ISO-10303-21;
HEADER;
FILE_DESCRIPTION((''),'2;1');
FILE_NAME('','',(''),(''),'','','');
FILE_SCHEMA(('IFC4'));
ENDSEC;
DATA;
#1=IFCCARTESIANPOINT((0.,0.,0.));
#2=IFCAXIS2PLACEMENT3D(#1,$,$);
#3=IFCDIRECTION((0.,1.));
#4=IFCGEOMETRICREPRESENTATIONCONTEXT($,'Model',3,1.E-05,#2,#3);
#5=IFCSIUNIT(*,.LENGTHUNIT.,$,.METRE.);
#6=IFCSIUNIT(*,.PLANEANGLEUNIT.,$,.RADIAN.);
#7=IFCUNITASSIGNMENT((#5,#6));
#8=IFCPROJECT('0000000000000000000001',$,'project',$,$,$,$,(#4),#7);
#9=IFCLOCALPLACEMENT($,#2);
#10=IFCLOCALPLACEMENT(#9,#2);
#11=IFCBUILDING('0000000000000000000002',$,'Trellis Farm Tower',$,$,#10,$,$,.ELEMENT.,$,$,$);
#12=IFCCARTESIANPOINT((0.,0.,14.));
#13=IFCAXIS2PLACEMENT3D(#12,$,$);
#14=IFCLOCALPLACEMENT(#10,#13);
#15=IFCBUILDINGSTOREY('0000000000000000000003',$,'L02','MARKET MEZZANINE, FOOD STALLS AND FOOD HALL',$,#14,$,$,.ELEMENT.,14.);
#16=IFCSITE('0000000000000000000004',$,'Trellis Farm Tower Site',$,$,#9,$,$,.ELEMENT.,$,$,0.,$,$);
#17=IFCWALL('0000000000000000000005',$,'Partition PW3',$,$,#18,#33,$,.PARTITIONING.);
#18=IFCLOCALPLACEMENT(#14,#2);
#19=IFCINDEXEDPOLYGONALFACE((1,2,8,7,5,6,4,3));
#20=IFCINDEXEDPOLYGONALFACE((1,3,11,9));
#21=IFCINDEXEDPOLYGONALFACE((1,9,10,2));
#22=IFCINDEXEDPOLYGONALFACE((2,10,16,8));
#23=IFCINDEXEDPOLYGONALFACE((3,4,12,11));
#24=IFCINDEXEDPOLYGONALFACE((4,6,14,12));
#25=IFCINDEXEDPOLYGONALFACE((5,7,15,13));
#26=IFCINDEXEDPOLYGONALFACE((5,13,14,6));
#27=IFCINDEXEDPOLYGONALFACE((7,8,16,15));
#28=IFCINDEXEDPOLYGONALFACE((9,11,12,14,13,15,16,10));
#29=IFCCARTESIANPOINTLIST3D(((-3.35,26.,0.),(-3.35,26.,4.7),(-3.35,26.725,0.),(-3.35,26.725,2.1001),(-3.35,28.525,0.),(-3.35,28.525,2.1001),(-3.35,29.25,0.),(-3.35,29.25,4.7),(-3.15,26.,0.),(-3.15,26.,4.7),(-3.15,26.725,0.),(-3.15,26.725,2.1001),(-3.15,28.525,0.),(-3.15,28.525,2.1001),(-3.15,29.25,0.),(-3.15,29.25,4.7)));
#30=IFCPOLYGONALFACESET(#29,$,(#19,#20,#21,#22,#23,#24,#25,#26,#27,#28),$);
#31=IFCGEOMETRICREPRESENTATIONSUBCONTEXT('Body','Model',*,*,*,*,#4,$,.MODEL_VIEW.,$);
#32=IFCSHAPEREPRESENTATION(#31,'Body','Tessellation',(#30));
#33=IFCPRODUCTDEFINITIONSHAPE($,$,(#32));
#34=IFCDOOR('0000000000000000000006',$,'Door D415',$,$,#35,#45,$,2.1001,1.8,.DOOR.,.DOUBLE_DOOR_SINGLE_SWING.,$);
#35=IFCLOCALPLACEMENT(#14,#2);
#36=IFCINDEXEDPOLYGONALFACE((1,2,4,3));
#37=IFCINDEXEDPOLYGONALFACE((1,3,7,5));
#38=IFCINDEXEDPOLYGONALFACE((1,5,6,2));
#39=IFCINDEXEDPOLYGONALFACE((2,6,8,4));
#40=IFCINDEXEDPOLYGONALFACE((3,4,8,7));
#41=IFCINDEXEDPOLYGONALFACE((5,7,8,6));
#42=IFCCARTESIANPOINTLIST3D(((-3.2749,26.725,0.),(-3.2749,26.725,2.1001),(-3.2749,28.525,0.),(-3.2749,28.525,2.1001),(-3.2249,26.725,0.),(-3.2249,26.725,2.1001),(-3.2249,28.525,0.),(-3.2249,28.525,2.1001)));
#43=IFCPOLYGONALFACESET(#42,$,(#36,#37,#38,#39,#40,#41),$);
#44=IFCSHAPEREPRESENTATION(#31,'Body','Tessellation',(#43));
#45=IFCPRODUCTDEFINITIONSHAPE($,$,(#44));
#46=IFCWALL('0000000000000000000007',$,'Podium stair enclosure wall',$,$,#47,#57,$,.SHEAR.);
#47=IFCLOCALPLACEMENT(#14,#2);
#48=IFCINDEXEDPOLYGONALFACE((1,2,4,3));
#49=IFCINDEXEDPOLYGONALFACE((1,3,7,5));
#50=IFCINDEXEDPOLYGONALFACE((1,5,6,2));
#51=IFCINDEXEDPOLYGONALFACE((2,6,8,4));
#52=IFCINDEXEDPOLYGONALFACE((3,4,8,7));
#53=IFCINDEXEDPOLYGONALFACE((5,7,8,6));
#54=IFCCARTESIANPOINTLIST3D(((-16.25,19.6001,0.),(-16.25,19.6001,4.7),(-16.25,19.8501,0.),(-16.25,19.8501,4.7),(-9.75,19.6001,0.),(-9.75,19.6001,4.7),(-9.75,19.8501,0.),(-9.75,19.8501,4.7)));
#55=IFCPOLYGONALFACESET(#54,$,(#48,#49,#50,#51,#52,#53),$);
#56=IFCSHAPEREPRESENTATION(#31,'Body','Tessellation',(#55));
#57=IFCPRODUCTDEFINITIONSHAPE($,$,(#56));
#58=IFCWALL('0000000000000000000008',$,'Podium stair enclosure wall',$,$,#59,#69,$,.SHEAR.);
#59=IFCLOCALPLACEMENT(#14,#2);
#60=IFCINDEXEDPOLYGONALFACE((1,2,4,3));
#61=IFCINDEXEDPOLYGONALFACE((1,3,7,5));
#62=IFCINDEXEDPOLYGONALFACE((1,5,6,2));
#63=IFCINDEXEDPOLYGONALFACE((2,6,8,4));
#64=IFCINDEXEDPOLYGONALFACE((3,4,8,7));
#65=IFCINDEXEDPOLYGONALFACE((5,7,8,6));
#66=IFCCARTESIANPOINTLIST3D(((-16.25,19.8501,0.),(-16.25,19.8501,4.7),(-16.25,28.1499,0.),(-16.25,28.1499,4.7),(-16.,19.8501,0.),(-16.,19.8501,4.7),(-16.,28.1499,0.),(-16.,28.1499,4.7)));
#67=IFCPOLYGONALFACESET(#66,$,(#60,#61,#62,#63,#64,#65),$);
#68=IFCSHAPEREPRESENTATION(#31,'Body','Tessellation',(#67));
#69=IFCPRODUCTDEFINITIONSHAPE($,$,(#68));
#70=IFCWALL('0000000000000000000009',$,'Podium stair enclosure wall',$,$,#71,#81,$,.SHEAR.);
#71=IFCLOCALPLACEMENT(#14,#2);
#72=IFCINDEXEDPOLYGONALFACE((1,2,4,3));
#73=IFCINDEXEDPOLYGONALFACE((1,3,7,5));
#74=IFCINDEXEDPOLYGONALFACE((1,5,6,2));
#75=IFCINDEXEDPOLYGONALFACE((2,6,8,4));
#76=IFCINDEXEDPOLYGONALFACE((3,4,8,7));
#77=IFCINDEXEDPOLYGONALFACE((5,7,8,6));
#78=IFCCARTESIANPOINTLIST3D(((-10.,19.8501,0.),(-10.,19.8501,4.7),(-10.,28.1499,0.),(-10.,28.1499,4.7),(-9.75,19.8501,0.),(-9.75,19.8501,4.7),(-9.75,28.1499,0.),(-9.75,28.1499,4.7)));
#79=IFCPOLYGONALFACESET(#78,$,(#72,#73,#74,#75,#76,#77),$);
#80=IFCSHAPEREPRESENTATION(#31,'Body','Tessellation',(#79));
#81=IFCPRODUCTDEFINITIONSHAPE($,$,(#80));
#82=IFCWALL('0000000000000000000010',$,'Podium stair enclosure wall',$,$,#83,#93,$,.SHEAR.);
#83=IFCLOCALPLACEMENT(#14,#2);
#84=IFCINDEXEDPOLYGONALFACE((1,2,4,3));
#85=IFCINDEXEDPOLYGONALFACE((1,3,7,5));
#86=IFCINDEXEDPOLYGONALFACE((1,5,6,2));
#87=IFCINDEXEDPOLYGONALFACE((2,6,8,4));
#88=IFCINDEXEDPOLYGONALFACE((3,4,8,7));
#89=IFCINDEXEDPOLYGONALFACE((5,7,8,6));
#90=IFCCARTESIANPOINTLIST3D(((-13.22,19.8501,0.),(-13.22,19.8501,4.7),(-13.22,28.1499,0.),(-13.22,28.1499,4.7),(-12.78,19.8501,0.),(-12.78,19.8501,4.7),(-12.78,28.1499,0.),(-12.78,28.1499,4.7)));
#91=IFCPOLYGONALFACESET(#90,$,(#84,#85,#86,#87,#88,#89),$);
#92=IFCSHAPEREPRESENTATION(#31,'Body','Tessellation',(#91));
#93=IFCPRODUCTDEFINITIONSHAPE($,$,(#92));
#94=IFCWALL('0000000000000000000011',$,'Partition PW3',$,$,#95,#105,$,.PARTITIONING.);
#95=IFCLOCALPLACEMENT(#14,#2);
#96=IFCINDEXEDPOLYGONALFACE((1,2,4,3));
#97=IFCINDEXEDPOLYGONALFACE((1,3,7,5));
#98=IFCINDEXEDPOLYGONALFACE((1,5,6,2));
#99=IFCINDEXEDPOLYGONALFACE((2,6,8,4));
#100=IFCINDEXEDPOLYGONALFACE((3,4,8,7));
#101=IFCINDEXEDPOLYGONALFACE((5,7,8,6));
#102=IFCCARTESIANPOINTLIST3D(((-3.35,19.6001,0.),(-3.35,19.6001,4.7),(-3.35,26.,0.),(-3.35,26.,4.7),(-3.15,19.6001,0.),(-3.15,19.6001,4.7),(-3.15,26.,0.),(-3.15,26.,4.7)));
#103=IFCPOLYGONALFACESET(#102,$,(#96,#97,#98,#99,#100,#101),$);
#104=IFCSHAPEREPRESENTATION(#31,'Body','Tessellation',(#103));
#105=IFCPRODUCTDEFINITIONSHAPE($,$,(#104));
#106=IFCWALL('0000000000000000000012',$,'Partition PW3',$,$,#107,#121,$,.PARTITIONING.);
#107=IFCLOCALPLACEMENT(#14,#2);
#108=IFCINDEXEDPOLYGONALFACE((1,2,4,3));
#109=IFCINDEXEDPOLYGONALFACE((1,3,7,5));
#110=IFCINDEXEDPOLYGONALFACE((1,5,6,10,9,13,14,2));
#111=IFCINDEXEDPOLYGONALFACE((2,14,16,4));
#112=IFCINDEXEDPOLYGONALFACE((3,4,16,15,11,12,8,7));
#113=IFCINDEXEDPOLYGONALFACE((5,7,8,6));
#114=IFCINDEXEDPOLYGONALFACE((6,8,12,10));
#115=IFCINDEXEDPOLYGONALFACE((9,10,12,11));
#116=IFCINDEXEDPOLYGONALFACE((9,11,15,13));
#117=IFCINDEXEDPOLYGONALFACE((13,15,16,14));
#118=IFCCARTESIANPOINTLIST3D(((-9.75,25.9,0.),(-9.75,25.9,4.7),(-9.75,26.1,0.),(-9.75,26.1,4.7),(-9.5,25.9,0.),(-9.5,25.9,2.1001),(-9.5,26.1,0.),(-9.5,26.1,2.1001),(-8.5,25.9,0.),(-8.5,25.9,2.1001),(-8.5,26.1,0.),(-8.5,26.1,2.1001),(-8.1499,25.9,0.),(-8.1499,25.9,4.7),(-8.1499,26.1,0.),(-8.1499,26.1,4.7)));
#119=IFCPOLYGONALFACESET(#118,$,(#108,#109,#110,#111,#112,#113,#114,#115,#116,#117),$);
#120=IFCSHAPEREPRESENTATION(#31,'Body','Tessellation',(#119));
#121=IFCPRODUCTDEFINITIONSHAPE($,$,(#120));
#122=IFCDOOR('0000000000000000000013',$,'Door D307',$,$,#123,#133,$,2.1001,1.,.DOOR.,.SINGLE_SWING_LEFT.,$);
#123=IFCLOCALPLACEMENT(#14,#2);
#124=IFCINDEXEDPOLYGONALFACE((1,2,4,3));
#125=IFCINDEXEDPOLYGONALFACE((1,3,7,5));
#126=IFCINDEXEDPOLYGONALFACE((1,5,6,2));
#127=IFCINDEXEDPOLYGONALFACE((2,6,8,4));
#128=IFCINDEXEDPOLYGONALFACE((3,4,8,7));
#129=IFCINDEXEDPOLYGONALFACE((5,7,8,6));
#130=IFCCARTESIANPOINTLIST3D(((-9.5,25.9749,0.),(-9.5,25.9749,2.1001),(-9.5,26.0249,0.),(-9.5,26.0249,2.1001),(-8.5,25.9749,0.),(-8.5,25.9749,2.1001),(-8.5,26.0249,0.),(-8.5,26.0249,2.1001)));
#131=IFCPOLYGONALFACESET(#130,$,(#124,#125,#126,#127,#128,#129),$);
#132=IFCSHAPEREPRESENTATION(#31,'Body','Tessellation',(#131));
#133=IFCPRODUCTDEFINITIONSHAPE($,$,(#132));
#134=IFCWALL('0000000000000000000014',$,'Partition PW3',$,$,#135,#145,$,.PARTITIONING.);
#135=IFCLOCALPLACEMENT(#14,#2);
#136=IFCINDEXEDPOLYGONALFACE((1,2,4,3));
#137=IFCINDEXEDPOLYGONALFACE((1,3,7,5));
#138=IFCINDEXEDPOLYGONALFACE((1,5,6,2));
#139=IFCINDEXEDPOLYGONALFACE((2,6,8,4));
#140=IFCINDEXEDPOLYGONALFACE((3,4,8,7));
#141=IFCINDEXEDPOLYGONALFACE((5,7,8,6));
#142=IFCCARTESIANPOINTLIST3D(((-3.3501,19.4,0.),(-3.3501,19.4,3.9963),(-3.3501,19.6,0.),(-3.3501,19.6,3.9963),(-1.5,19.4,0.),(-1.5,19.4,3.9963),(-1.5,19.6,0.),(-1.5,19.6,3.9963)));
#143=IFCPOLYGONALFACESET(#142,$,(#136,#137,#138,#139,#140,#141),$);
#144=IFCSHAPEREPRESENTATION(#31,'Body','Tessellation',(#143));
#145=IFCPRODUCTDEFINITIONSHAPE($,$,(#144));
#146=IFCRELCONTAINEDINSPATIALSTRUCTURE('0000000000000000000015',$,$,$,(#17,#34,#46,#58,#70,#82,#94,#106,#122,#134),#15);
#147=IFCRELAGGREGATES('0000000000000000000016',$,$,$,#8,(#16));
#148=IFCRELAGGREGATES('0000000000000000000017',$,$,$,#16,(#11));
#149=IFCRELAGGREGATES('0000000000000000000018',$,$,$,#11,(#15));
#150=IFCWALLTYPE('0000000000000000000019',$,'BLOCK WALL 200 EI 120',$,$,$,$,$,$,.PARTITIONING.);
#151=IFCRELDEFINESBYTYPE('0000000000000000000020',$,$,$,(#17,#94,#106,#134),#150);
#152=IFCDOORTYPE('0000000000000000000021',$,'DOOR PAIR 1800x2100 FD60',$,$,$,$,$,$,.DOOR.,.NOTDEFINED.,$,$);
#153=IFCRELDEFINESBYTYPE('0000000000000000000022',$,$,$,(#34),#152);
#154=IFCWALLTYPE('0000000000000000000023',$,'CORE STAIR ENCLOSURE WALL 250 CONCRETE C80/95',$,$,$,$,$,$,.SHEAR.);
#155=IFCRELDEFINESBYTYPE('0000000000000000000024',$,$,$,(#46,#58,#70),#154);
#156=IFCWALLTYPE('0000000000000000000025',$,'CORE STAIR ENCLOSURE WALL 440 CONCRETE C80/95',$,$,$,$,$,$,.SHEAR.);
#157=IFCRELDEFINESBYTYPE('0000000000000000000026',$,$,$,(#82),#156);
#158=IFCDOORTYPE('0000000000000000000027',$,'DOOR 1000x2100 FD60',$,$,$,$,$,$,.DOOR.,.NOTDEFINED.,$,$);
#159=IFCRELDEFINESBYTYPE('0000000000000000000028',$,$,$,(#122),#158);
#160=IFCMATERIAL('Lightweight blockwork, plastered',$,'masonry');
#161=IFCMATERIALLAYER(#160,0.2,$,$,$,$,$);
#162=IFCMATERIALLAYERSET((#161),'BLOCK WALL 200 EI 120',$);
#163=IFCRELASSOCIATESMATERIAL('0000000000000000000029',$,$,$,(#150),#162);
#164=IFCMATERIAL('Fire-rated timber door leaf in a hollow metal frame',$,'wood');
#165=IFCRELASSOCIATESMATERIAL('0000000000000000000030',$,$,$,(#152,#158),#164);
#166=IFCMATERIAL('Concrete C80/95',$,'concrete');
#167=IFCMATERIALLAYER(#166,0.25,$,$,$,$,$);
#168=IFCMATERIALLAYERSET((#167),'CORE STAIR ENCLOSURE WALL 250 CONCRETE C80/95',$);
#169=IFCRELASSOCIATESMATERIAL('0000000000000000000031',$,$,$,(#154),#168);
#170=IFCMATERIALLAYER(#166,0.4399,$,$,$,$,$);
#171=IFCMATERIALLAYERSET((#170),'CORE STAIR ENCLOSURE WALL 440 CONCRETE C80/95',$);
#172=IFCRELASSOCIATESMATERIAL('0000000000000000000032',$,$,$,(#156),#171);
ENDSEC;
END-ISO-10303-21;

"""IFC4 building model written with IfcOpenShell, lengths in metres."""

from ifc_helpers import new_model, si_unit, direction, frame, frame_2d, origin, place, context, subcontext, project, spatial, rectangle, extrude, source, transform, mapped, material, layer, layer_set, type_object, element, fill, save


model = new_model("IFC4")

# Units and contexts
model_context = context("Model", 3, precision=1e-05, world=origin(), true_north=direction((0.0, 1.0)))
body_context = subcontext(model_context, "Body", "Model", "MODEL_VIEW")
ifc_project = project(units=[si_unit("LENGTHUNIT", "METRE"), si_unit("PLANEANGLEUNIT", "RADIAN")], contexts=[model_context])

# Site, building, storey
site_placement = place(None, origin())
site = spatial("IfcSite", under=ifc_project, at=site_placement, Name="Trellis Farm Tower Site", CompositionType="ELEMENT", RefElevation=0.0)
building_placement = place(site_placement, origin())
building = spatial("IfcBuilding", under=site, at=building_placement, Name="Trellis Farm Tower", CompositionType="ELEMENT")
storey_placement = place(building_placement, frame((0.0, 0.0, 14.0)))
storey = spatial("IfcBuildingStorey", under=building, at=storey_placement, Name="L02", Description="MARKET MEZZANINE, FOOD STALLS AND FOOD HALL", CompositionType="ELEMENT", Elevation=14.0)

# Wall, opening, door
ifc_material_1 = material(Name="Lightweight blockwork, plastered", Category="masonry")
ifc_layer_1 = layer(ifc_material_1, 0.2)
ifc_layer_set_1 = layer_set([ifc_layer_1], Name="BLOCK WALL 200 EI 120")
wall_type_1 = type_object("IfcWallType", Name="BLOCK WALL 200 EI 120", PredefinedType="PARTITIONING", material=ifc_layer_set_1)
shared_shape_1 = source(origin(), body_context, "Body", "SweptSolid", [
    extrude(rectangle(XDim=3.25, YDim=0.2, at=frame_2d((1.625, 0.0))), origin(), (0.0, 0.0, 1.0), 4.7),
])
wall_1_placement = place(storey_placement, frame((-3.25, 26.0, 0.0), z_axis=(0.0, 0.0, 1.0), x_axis=(0.0, 1.0, 0.0)))
wall_1 = element("IfcWall", 1, at=wall_1_placement, inside=storey, type_object=wall_type_1, Name="Partition PW3", PredefinedType="PARTITIONING", context=body_context, shape_type="MappedRepresentation", body=[
    mapped(shared_shape_1, transform((0.0, 0.0, 0.0))),
])
shared_shape_2 = source(origin(), body_context, "Body", "SweptSolid", [
    extrude(rectangle(XDim=1.8, YDim=2.1001, at=frame_2d((0.8999, 1.05))), frame((0.0, 0.1101, 0.0), z_axis=(0.0, -1.0, 0.0), x_axis=(1.0, 0.0, 0.0)), (0.0, 0.0, 1.0), 0.2202),
])
opening_1_placement = place(wall_1_placement, frame((0.7251, 0.0, 0.0)))
opening_1 = element("IfcOpeningElement", 2, at=opening_1_placement, cuts=wall_1, PredefinedType="OPENING", context=body_context, shape_type="MappedRepresentation", body=[
    mapped(shared_shape_2, transform((0.0, 0.0, 0.0))),
])
ifc_material_2 = material(Name="Fire-rated timber door leaf in a hollow metal frame", Category="wood")
door_type_1 = type_object("IfcDoorType", Name="DOOR PAIR 1800x2100 FD60", OperationType="NOTDEFINED", PredefinedType="DOOR", material=ifc_material_2)
shared_shape_3 = source(origin(), body_context, "Body", "SweptSolid", [
    extrude(rectangle(XDim=1.8, YDim=2.1001, at=frame_2d((0.8999, 1.05))), frame((0.0, 0.0249, 0.0), z_axis=(0.0, -1.0, 0.0), x_axis=(1.0, 0.0, 0.0)), (0.0, 0.0, 1.0), 0.05),
])
door_1_placement = place(opening_1_placement, origin())
door_1 = element("IfcDoor", 3, at=door_1_placement, inside=storey, type_object=door_type_1, Name="Door D415", OperationType="DOUBLE_DOOR_SINGLE_SWING", OverallHeight=2.1001, OverallWidth=1.8, PredefinedType="DOOR", context=body_context, shape_type="MappedRepresentation", body=[
    mapped(shared_shape_3, transform((0.0, 0.0, 0.0))),
])
fill(opening_1, door_1)

# Walls
ifc_material_3 = material(Name="Concrete C80/95", Category="concrete")
ifc_layer_2 = layer(ifc_material_3, 0.25)
ifc_layer_set_2 = layer_set([ifc_layer_2], Name="CORE STAIR ENCLOSURE WALL 250 CONCRETE C80/95")
wall_type_2 = type_object("IfcWallType", Name="CORE STAIR ENCLOSURE WALL 250 CONCRETE C80/95", PredefinedType="SHEAR", material=ifc_layer_set_2)
shared_shape_4 = source(origin(), body_context, "Body", "SweptSolid", [
    extrude(rectangle(XDim=6.5, YDim=0.25, at=frame_2d((3.25, 0.0))), origin(), (0.0, 0.0, 1.0), 4.7),
])
wall_2_placement = place(storey_placement, frame((-16.25, 19.7251, 0.0), z_axis=(0.0, 0.0, 1.0), x_axis=(1.0, 0.0, 0.0)))
element("IfcWall", 4, at=wall_2_placement, inside=storey, type_object=wall_type_2, Name="Podium stair enclosure wall", PredefinedType="SHEAR", context=body_context, shape_type="MappedRepresentation", body=[
    mapped(shared_shape_4, transform((0.0, 0.0, 0.0))),
])
shared_shape_5 = source(origin(), body_context, "Body", "SweptSolid", [
    extrude(rectangle(XDim=8.2998, YDim=0.25, at=frame_2d((4.1499, 0.0))), origin(), (0.0, 0.0, 1.0), 4.7),
])
for number, where, z_axis, x_axis, name in (
    (5, (-16.125, 19.8501, 0.0), (0.0, 0.0, 1.0), (0.0, 1.0, 0.0), "Podium stair enclosure wall"),
    (6, (-9.875, 19.8501, 0.0), (0.0, 0.0, 1.0), (0.0, 1.0, 0.0), "Podium stair enclosure wall"),
):
    element("IfcWall", number, at=place(storey_placement, frame(where, z_axis=z_axis, x_axis=x_axis)), inside=storey, type_object=wall_type_2, Name=name, PredefinedType="SHEAR", context=body_context, shape_type="MappedRepresentation", body=[
        mapped(shared_shape_5, transform((0.0, 0.0, 0.0))),
    ])
ifc_layer_3 = layer(ifc_material_3, 0.4399)
ifc_layer_set_3 = layer_set([ifc_layer_3], Name="CORE STAIR ENCLOSURE WALL 440 CONCRETE C80/95")
wall_type_3 = type_object("IfcWallType", Name="CORE STAIR ENCLOSURE WALL 440 CONCRETE C80/95", PredefinedType="SHEAR", material=ifc_layer_set_3)
shared_shape_6 = source(origin(), body_context, "Body", "SweptSolid", [
    extrude(rectangle(XDim=8.2998, YDim=0.4399, at=frame_2d((4.1499, 0.0))), origin(), (0.0, 0.0, 1.0), 4.7),
])
wall_3_placement = place(storey_placement, frame((-13.0, 19.8501, 0.0), z_axis=(0.0, 0.0, 1.0), x_axis=(0.0, 1.0, 0.0)))
element("IfcWall", 7, at=wall_3_placement, inside=storey, type_object=wall_type_3, Name="Podium stair enclosure wall", PredefinedType="SHEAR", context=body_context, shape_type="MappedRepresentation", body=[
    mapped(shared_shape_6, transform((0.0, 0.0, 0.0))),
])
shared_shape_7 = source(origin(), body_context, "Body", "SweptSolid", [
    extrude(rectangle(XDim=6.3999, YDim=0.2, at=frame_2d((3.2, 0.0))), origin(), (0.0, 0.0, 1.0), 4.7),
])
wall_4_placement = place(storey_placement, frame((-3.25, 26.0, 0.0), z_axis=(0.0, 0.0, 1.0), x_axis=(0.0, -1.0, 0.0)))
element("IfcWall", 8, at=wall_4_placement, inside=storey, type_object=wall_type_1, Name="Partition PW3", PredefinedType="PARTITIONING", context=body_context, shape_type="MappedRepresentation", body=[
    mapped(shared_shape_7, transform((0.0, 0.0, 0.0))),
])

# Wall, opening, door
shared_shape_8 = source(origin(), body_context, "Body", "SweptSolid", [
    extrude(rectangle(XDim=1.6001, YDim=0.2, at=frame_2d((0.8, 0.0))), origin(), (0.0, 0.0, 1.0), 4.7),
])
wall_5_placement = place(storey_placement, frame((-9.75, 26.0, 0.0), z_axis=(0.0, 0.0, 1.0), x_axis=(1.0, 0.0, 0.0)))
wall_5 = element("IfcWall", 9, at=wall_5_placement, inside=storey, type_object=wall_type_1, Name="Partition PW3", PredefinedType="PARTITIONING", context=body_context, shape_type="MappedRepresentation", body=[
    mapped(shared_shape_8, transform((0.0, 0.0, 0.0))),
])
shared_shape_9 = source(origin(), body_context, "Body", "SweptSolid", [
    extrude(rectangle(XDim=1.0, YDim=2.1001, at=frame_2d((0.5, 1.05))), frame((0.0, 0.1101, 0.0), z_axis=(0.0, -1.0, 0.0), x_axis=(1.0, 0.0, 0.0)), (0.0, 0.0, 1.0), 0.2202),
])
opening_2_placement = place(wall_5_placement, frame((0.25, 0.0, 0.0)))
opening_2 = element("IfcOpeningElement", 10, at=opening_2_placement, cuts=wall_5, PredefinedType="OPENING", context=body_context, shape_type="MappedRepresentation", body=[
    mapped(shared_shape_9, transform((0.0, 0.0, 0.0))),
])
door_type_2 = type_object("IfcDoorType", Name="DOOR 1000x2100 FD60", OperationType="NOTDEFINED", PredefinedType="DOOR", material=ifc_material_2)
shared_shape_10 = source(origin(), body_context, "Body", "SweptSolid", [
    extrude(rectangle(XDim=1.0, YDim=2.1001, at=frame_2d((0.5, 1.05))), frame((0.0, 0.0249, 0.0), z_axis=(0.0, -1.0, 0.0), x_axis=(1.0, 0.0, 0.0)), (0.0, 0.0, 1.0), 0.05),
])
door_2_placement = place(opening_2_placement, origin())
door_2 = element("IfcDoor", 11, at=door_2_placement, inside=storey, type_object=door_type_2, Name="Door D307", OperationType="SINGLE_SWING_LEFT", OverallHeight=2.1001, OverallWidth=1.0, PredefinedType="DOOR", context=body_context, shape_type="MappedRepresentation", body=[
    mapped(shared_shape_10, transform((0.0, 0.0, 0.0))),
])
fill(opening_2, door_2)

# Wall
shared_shape_11 = source(origin(), body_context, "Body", "SweptSolid", [
    extrude(rectangle(XDim=1.8501, YDim=0.2, at=frame_2d((0.925, 0.0))), origin(), (0.0, 0.0, 1.0), 3.9963),
])
wall_6_placement = place(storey_placement, frame((-1.5, 19.5, 0.0), z_axis=(0.0, 0.0, 1.0), x_axis=(-1.0, 0.0, 0.0)))
element("IfcWall", 12, at=wall_6_placement, inside=storey, type_object=wall_type_1, Name="Partition PW3", PredefinedType="PARTITIONING", context=body_context, shape_type="MappedRepresentation", body=[
    mapped(shared_shape_11, transform((0.0, 0.0, 0.0))),
])

save(model, "model.ifc")
